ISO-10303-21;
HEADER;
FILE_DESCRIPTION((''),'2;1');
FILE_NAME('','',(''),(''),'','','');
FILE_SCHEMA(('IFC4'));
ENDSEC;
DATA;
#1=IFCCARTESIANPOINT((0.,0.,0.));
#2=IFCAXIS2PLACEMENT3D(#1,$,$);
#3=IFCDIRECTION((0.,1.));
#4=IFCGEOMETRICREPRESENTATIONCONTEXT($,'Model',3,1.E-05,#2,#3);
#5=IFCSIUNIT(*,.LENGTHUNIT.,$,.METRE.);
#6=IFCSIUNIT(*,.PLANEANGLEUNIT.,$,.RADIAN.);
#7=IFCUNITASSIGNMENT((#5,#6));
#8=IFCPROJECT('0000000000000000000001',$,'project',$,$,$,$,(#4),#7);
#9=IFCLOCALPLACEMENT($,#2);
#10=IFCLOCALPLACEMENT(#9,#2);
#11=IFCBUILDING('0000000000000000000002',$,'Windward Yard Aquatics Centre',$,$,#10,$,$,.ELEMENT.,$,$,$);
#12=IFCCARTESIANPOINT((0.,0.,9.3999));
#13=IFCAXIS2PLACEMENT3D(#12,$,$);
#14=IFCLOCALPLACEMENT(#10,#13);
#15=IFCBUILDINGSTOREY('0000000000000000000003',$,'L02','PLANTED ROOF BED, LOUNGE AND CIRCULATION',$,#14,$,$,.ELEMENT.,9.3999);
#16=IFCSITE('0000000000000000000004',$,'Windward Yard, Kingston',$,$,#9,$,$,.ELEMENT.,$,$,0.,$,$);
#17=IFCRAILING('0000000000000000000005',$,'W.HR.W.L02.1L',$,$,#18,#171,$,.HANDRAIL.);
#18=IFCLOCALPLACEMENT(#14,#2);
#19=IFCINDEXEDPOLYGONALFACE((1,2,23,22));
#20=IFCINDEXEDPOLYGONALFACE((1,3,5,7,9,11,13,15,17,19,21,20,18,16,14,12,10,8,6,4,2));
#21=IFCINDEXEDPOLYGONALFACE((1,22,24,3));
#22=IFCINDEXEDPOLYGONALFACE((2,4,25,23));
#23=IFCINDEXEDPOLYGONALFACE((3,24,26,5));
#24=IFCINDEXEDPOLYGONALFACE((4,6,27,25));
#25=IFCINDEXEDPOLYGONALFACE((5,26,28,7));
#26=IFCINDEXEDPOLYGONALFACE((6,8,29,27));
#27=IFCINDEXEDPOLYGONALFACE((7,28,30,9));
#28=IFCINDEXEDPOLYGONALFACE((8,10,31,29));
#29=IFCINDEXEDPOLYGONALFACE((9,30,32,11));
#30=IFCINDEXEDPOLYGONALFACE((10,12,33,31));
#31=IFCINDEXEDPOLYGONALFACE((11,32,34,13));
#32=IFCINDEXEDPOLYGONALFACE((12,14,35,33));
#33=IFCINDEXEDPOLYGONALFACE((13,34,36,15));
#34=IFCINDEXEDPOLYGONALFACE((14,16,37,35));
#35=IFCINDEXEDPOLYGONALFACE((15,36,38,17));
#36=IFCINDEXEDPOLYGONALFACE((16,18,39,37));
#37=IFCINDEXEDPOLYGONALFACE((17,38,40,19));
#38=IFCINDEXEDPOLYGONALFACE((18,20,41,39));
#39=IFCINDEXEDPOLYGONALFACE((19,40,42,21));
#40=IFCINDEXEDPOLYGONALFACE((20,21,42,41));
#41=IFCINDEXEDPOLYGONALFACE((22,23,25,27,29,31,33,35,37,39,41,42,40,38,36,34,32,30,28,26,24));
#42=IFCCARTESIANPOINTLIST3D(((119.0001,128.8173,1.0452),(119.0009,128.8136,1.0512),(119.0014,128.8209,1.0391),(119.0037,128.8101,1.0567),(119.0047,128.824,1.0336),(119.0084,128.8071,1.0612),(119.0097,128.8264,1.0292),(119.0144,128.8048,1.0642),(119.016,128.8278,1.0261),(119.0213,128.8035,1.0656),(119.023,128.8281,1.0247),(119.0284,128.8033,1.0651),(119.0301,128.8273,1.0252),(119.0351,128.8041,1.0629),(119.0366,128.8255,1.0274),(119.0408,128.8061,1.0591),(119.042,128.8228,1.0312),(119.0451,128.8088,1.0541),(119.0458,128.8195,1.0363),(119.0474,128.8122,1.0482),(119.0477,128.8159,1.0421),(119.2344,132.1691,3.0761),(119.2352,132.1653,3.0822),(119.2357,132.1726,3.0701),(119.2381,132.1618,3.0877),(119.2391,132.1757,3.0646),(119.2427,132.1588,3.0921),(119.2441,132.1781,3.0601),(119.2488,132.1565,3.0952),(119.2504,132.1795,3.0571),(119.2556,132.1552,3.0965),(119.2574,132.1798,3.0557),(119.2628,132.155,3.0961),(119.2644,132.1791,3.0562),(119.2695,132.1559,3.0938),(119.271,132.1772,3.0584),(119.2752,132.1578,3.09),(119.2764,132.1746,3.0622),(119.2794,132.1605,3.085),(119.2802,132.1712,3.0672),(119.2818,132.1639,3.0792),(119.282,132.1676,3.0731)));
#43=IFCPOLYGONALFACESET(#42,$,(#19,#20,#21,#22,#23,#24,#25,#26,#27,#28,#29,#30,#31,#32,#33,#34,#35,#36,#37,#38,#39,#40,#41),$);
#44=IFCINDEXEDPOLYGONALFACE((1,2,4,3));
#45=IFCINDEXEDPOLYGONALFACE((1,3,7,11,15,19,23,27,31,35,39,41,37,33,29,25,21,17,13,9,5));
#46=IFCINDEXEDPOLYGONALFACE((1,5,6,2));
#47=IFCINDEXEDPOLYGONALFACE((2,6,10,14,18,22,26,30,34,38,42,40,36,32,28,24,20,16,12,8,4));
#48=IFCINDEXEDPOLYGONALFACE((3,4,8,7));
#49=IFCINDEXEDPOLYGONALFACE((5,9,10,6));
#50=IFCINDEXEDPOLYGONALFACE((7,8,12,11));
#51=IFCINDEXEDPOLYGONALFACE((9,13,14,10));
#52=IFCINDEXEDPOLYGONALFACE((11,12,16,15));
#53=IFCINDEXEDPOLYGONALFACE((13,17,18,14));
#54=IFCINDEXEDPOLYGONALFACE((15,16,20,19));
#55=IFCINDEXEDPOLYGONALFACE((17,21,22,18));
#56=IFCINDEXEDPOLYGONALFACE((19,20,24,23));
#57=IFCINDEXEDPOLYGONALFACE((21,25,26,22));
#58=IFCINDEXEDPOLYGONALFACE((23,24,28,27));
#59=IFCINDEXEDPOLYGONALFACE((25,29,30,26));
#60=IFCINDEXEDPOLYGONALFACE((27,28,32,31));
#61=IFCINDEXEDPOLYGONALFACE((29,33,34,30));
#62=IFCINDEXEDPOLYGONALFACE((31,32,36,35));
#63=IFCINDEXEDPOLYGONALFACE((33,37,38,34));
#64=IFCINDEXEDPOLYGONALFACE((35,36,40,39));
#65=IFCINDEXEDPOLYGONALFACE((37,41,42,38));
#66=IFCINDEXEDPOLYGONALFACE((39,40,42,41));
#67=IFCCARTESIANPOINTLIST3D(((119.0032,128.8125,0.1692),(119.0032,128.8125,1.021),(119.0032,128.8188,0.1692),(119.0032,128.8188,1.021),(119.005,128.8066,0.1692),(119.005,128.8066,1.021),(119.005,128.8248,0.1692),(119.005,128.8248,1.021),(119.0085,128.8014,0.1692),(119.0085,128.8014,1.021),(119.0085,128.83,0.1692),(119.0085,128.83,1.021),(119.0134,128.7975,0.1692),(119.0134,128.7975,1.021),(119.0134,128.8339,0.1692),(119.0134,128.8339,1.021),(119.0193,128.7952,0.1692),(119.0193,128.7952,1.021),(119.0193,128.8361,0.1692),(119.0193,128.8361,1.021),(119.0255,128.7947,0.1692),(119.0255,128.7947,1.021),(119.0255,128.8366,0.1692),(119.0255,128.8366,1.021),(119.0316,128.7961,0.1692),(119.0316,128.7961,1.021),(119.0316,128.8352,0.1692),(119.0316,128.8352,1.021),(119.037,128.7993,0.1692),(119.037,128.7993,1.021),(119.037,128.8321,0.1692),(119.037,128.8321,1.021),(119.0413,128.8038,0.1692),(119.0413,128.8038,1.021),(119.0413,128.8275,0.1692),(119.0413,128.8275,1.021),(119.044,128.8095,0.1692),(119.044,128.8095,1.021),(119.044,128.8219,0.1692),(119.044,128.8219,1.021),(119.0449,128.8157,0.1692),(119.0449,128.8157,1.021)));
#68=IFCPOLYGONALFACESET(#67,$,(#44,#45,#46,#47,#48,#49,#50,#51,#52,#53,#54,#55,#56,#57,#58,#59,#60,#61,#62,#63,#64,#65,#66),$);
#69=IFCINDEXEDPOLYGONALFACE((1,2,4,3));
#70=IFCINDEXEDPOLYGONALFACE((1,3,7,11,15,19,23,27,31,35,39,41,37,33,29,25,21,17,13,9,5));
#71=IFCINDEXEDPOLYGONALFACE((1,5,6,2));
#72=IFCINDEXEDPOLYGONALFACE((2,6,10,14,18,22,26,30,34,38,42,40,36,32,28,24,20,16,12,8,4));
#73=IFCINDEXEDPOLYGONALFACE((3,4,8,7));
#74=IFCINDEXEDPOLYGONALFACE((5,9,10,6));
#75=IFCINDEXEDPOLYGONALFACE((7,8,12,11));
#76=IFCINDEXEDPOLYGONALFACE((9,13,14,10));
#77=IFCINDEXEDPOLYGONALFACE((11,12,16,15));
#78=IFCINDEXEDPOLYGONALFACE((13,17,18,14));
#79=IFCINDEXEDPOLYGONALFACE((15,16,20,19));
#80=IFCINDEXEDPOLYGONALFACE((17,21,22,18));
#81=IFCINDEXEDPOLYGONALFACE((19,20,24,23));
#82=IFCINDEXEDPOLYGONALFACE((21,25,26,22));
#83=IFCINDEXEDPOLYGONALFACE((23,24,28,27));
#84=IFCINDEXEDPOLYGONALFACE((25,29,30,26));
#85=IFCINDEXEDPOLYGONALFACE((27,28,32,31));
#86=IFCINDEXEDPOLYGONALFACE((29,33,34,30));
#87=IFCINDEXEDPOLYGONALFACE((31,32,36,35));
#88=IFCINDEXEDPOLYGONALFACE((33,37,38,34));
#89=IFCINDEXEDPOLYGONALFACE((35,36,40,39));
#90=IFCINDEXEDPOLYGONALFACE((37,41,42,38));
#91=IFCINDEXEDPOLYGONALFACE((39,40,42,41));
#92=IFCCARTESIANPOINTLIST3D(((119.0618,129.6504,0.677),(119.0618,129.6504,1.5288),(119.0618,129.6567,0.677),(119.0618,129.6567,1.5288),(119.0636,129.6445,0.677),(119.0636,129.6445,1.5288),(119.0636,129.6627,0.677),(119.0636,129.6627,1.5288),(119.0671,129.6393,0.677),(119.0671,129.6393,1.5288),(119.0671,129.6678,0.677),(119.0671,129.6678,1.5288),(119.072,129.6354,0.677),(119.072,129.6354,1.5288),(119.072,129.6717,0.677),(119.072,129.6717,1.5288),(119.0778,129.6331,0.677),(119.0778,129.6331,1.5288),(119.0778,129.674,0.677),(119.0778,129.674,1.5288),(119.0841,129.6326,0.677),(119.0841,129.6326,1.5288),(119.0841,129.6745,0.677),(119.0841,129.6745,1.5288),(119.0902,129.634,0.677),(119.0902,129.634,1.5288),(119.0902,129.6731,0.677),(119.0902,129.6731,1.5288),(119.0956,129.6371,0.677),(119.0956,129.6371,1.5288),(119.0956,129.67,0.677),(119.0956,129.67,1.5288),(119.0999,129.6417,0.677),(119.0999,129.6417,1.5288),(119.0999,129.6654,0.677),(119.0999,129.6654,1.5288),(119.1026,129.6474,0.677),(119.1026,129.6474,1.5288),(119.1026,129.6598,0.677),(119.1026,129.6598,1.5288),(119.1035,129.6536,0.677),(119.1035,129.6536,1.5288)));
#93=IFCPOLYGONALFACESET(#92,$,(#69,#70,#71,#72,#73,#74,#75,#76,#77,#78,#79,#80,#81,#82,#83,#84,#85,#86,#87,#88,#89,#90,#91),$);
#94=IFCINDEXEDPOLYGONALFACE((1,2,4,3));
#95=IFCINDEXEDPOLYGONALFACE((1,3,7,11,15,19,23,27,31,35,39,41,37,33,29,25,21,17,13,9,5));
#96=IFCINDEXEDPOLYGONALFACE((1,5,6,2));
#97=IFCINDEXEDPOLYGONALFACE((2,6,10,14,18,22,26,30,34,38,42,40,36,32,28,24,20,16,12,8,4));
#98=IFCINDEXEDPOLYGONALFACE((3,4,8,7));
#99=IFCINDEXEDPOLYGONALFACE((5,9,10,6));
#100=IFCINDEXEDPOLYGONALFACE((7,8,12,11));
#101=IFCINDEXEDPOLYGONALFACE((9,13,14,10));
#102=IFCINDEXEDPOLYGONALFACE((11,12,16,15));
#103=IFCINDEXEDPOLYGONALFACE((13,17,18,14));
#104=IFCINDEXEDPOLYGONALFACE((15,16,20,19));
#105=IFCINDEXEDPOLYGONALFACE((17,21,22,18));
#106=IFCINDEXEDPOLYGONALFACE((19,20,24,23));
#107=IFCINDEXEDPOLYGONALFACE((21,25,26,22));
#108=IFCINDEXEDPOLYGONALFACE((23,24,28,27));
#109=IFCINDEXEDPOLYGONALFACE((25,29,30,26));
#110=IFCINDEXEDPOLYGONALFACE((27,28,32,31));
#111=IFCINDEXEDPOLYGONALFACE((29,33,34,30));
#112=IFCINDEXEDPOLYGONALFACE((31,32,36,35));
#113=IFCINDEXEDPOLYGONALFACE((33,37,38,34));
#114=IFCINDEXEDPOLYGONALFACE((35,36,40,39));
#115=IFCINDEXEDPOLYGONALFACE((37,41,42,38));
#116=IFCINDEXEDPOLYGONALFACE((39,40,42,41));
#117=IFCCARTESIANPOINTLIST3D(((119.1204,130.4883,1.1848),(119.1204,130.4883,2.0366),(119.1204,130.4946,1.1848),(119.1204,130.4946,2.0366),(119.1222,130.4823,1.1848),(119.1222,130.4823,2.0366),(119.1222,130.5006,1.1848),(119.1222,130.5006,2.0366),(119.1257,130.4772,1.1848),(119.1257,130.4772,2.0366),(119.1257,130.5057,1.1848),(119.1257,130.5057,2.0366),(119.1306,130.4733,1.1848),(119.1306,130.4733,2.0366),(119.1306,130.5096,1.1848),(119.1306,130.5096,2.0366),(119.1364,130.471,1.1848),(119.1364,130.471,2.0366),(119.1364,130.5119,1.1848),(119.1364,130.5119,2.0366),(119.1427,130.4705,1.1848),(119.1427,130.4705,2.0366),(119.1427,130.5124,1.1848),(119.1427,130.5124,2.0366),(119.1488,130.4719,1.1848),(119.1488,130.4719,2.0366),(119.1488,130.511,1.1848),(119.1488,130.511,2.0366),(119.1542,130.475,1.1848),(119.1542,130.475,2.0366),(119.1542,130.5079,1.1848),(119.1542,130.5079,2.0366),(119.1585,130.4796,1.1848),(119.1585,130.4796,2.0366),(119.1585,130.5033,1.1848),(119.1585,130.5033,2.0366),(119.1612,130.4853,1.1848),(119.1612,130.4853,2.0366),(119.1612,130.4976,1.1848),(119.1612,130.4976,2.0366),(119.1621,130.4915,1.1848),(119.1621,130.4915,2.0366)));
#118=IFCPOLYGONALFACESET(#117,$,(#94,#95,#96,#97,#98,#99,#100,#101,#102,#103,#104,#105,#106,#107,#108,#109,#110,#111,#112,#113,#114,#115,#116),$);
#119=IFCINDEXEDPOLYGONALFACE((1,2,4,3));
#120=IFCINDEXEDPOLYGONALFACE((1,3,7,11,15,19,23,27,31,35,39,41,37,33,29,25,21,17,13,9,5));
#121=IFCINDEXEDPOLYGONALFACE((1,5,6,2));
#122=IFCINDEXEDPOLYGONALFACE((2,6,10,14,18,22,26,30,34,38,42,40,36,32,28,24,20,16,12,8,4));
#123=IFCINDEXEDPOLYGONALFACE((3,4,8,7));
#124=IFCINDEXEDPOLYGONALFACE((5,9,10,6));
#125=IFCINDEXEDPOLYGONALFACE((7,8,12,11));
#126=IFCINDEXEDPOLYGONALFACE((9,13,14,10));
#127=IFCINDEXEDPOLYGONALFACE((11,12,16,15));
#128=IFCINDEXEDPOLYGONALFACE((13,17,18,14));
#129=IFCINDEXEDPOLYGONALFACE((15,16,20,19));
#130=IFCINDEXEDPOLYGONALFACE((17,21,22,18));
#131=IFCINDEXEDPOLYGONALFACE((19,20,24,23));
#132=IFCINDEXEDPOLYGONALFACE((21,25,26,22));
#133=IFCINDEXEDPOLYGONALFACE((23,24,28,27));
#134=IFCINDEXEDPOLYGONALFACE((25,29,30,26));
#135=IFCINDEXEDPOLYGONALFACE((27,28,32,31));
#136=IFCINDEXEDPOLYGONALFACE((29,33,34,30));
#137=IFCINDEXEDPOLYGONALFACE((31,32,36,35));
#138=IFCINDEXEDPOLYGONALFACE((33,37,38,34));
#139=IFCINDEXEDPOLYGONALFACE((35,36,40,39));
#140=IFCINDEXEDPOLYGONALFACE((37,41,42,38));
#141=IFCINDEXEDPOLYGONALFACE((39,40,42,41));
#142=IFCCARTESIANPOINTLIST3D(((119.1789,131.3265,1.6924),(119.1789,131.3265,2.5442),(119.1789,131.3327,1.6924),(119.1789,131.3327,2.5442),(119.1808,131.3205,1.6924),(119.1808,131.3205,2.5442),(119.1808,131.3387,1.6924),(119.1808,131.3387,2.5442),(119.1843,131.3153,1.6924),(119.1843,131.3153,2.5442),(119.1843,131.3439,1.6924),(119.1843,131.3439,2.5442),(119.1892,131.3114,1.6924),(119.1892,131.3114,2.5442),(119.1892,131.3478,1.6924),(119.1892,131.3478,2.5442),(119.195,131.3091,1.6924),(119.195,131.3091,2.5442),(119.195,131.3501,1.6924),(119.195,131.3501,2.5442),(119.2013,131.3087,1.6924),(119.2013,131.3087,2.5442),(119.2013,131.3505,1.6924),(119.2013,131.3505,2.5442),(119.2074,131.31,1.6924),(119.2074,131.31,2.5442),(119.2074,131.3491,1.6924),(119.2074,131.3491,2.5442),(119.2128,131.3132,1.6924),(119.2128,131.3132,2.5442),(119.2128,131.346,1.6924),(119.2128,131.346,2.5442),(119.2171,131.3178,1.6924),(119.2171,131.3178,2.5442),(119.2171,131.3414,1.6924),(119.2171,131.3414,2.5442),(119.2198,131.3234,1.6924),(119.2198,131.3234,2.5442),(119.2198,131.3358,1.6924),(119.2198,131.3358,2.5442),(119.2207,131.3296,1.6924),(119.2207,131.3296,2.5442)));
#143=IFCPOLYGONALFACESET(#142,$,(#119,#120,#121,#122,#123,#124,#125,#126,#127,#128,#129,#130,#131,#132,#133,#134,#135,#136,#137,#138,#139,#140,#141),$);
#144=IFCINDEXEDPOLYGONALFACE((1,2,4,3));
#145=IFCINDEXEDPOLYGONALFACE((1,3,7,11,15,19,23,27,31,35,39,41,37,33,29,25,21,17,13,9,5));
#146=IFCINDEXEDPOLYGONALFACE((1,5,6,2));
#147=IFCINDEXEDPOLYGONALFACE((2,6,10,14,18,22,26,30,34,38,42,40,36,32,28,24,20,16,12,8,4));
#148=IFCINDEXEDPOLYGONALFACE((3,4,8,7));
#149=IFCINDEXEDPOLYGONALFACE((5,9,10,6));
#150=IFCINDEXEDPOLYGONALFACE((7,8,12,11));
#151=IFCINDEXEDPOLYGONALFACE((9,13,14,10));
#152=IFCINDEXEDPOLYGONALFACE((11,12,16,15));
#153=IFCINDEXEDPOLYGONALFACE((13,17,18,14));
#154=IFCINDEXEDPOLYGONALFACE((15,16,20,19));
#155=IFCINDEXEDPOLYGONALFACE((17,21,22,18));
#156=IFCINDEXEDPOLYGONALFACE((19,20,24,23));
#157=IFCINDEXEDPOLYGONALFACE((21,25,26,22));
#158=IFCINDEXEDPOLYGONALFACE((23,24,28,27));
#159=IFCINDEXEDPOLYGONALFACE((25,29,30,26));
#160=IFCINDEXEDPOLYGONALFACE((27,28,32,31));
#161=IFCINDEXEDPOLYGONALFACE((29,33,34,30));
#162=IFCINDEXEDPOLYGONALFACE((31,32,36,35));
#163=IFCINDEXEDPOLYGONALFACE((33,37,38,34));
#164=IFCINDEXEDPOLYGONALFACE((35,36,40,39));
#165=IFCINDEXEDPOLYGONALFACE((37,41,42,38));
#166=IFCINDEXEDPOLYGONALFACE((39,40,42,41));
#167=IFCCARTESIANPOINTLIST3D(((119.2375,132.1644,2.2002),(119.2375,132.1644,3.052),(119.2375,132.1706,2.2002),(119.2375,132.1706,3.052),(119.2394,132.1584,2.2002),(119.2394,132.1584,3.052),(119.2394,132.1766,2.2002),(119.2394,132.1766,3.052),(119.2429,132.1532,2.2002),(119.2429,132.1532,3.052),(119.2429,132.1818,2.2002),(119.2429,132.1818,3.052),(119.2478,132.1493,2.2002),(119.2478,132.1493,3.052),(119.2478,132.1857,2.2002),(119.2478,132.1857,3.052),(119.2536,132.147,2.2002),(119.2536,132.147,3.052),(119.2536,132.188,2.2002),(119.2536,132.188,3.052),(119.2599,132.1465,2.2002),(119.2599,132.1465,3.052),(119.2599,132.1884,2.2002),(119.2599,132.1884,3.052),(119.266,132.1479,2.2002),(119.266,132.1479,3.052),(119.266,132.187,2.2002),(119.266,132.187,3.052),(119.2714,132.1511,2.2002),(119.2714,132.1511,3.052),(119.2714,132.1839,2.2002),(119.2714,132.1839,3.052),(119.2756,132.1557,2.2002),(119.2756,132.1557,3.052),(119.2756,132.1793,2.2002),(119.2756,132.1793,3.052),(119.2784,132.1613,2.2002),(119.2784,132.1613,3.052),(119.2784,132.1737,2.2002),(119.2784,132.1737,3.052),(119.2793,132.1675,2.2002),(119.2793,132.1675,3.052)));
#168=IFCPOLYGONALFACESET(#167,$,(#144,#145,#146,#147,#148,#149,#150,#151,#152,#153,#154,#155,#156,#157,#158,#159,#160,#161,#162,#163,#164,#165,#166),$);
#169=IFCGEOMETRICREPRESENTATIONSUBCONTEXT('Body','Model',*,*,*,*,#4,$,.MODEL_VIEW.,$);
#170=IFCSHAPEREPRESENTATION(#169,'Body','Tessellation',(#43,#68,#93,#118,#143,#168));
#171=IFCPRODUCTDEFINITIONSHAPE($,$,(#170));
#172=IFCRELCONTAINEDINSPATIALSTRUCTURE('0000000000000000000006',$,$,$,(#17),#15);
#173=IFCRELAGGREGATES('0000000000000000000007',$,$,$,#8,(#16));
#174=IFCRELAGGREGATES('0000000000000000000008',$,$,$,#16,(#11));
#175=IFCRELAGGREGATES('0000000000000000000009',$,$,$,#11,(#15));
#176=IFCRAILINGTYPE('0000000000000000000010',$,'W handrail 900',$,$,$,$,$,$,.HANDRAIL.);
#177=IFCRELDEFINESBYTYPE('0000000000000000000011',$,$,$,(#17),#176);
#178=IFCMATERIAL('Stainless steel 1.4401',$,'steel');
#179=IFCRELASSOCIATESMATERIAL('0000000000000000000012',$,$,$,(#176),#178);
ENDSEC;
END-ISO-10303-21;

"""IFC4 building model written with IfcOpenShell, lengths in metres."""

from ifc_helpers import new_model, si_unit, direction, frame, origin, origin_2d, place, context, subcontext, project, spatial, circle, extrude, material, type_object, element, save


model = new_model("IFC4")

# Units and contexts
model_context = context("Model", 3, precision=1e-05, world=origin(), true_north=direction((0.0, 1.0)))
body_context = subcontext(model_context, "Body", "Model", "MODEL_VIEW")
ifc_project = project(units=[si_unit("LENGTHUNIT", "METRE"), si_unit("PLANEANGLEUNIT", "RADIAN")], contexts=[model_context])

# Site, building, storey
site_placement = place(None, origin())
site = spatial("IfcSite", under=ifc_project, at=site_placement, Name="Windward Yard, Kingston", CompositionType="ELEMENT", RefElevation=0.0)
building_placement = place(site_placement, origin())
building = spatial("IfcBuilding", under=site, at=building_placement, Name="Windward Yard Aquatics Centre", CompositionType="ELEMENT")
storey_placement = place(building_placement, frame((0.0, 0.0, 9.3999)))
storey = spatial("IfcBuildingStorey", under=building, at=storey_placement, Name="L02", Description="PLANTED ROOF BED, LOUNGE AND CIRCULATION", CompositionType="ELEMENT", Elevation=9.3999)

# Railing
ifc_material_1 = material(Name="Stainless steel 1.4401", Category="steel")
railing_type_1 = type_object("IfcRailingType", Name="W handrail 900", PredefinedType="HANDRAIL", material=ifc_material_1)
for number, where, name in (
    (1, (119.0239, 128.8157, 0.1692), "W.HR.W.L02.1L"),
):
    element("IfcRailing", number, at=place(storey_placement, frame(where)), inside=storey, type_object=railing_type_1, Name=name, PredefinedType="HANDRAIL", context=body_context, shape_type="SweptSolid", body=[
        extrude(circle(Radius=0.0239, at=origin_2d()), frame((0.0, 0.0, 0.876), z_axis=(0.059696, 0.853717, 0.517304), x_axis=(-0.997564, 0.069755, 0.0)), (0.0, 0.0, 1.0), 3.926),
        extrude(circle(Radius=0.021, at=origin_2d()), origin(), (0.0, 0.0, 1.0), 0.8518),
        extrude(circle(Radius=0.021, at=origin_2d()), frame((0.0586, 0.8379, 0.5078)), (0.0, 0.0, 1.0), 0.8518),
        extrude(circle(Radius=0.021, at=origin_2d()), frame((0.1172, 1.6758, 1.0156)), (0.0, 0.0, 1.0), 0.8518),
        extrude(circle(Radius=0.021, at=origin_2d()), frame((0.1758, 2.5139, 1.5232)), (0.0, 0.0, 1.0), 0.8518),
        extrude(circle(Radius=0.021, at=origin_2d()), frame((0.2344, 3.3518, 2.031)), (0.0, 0.0, 1.0), 0.8518),
    ])

save(model, "model.ifc")
